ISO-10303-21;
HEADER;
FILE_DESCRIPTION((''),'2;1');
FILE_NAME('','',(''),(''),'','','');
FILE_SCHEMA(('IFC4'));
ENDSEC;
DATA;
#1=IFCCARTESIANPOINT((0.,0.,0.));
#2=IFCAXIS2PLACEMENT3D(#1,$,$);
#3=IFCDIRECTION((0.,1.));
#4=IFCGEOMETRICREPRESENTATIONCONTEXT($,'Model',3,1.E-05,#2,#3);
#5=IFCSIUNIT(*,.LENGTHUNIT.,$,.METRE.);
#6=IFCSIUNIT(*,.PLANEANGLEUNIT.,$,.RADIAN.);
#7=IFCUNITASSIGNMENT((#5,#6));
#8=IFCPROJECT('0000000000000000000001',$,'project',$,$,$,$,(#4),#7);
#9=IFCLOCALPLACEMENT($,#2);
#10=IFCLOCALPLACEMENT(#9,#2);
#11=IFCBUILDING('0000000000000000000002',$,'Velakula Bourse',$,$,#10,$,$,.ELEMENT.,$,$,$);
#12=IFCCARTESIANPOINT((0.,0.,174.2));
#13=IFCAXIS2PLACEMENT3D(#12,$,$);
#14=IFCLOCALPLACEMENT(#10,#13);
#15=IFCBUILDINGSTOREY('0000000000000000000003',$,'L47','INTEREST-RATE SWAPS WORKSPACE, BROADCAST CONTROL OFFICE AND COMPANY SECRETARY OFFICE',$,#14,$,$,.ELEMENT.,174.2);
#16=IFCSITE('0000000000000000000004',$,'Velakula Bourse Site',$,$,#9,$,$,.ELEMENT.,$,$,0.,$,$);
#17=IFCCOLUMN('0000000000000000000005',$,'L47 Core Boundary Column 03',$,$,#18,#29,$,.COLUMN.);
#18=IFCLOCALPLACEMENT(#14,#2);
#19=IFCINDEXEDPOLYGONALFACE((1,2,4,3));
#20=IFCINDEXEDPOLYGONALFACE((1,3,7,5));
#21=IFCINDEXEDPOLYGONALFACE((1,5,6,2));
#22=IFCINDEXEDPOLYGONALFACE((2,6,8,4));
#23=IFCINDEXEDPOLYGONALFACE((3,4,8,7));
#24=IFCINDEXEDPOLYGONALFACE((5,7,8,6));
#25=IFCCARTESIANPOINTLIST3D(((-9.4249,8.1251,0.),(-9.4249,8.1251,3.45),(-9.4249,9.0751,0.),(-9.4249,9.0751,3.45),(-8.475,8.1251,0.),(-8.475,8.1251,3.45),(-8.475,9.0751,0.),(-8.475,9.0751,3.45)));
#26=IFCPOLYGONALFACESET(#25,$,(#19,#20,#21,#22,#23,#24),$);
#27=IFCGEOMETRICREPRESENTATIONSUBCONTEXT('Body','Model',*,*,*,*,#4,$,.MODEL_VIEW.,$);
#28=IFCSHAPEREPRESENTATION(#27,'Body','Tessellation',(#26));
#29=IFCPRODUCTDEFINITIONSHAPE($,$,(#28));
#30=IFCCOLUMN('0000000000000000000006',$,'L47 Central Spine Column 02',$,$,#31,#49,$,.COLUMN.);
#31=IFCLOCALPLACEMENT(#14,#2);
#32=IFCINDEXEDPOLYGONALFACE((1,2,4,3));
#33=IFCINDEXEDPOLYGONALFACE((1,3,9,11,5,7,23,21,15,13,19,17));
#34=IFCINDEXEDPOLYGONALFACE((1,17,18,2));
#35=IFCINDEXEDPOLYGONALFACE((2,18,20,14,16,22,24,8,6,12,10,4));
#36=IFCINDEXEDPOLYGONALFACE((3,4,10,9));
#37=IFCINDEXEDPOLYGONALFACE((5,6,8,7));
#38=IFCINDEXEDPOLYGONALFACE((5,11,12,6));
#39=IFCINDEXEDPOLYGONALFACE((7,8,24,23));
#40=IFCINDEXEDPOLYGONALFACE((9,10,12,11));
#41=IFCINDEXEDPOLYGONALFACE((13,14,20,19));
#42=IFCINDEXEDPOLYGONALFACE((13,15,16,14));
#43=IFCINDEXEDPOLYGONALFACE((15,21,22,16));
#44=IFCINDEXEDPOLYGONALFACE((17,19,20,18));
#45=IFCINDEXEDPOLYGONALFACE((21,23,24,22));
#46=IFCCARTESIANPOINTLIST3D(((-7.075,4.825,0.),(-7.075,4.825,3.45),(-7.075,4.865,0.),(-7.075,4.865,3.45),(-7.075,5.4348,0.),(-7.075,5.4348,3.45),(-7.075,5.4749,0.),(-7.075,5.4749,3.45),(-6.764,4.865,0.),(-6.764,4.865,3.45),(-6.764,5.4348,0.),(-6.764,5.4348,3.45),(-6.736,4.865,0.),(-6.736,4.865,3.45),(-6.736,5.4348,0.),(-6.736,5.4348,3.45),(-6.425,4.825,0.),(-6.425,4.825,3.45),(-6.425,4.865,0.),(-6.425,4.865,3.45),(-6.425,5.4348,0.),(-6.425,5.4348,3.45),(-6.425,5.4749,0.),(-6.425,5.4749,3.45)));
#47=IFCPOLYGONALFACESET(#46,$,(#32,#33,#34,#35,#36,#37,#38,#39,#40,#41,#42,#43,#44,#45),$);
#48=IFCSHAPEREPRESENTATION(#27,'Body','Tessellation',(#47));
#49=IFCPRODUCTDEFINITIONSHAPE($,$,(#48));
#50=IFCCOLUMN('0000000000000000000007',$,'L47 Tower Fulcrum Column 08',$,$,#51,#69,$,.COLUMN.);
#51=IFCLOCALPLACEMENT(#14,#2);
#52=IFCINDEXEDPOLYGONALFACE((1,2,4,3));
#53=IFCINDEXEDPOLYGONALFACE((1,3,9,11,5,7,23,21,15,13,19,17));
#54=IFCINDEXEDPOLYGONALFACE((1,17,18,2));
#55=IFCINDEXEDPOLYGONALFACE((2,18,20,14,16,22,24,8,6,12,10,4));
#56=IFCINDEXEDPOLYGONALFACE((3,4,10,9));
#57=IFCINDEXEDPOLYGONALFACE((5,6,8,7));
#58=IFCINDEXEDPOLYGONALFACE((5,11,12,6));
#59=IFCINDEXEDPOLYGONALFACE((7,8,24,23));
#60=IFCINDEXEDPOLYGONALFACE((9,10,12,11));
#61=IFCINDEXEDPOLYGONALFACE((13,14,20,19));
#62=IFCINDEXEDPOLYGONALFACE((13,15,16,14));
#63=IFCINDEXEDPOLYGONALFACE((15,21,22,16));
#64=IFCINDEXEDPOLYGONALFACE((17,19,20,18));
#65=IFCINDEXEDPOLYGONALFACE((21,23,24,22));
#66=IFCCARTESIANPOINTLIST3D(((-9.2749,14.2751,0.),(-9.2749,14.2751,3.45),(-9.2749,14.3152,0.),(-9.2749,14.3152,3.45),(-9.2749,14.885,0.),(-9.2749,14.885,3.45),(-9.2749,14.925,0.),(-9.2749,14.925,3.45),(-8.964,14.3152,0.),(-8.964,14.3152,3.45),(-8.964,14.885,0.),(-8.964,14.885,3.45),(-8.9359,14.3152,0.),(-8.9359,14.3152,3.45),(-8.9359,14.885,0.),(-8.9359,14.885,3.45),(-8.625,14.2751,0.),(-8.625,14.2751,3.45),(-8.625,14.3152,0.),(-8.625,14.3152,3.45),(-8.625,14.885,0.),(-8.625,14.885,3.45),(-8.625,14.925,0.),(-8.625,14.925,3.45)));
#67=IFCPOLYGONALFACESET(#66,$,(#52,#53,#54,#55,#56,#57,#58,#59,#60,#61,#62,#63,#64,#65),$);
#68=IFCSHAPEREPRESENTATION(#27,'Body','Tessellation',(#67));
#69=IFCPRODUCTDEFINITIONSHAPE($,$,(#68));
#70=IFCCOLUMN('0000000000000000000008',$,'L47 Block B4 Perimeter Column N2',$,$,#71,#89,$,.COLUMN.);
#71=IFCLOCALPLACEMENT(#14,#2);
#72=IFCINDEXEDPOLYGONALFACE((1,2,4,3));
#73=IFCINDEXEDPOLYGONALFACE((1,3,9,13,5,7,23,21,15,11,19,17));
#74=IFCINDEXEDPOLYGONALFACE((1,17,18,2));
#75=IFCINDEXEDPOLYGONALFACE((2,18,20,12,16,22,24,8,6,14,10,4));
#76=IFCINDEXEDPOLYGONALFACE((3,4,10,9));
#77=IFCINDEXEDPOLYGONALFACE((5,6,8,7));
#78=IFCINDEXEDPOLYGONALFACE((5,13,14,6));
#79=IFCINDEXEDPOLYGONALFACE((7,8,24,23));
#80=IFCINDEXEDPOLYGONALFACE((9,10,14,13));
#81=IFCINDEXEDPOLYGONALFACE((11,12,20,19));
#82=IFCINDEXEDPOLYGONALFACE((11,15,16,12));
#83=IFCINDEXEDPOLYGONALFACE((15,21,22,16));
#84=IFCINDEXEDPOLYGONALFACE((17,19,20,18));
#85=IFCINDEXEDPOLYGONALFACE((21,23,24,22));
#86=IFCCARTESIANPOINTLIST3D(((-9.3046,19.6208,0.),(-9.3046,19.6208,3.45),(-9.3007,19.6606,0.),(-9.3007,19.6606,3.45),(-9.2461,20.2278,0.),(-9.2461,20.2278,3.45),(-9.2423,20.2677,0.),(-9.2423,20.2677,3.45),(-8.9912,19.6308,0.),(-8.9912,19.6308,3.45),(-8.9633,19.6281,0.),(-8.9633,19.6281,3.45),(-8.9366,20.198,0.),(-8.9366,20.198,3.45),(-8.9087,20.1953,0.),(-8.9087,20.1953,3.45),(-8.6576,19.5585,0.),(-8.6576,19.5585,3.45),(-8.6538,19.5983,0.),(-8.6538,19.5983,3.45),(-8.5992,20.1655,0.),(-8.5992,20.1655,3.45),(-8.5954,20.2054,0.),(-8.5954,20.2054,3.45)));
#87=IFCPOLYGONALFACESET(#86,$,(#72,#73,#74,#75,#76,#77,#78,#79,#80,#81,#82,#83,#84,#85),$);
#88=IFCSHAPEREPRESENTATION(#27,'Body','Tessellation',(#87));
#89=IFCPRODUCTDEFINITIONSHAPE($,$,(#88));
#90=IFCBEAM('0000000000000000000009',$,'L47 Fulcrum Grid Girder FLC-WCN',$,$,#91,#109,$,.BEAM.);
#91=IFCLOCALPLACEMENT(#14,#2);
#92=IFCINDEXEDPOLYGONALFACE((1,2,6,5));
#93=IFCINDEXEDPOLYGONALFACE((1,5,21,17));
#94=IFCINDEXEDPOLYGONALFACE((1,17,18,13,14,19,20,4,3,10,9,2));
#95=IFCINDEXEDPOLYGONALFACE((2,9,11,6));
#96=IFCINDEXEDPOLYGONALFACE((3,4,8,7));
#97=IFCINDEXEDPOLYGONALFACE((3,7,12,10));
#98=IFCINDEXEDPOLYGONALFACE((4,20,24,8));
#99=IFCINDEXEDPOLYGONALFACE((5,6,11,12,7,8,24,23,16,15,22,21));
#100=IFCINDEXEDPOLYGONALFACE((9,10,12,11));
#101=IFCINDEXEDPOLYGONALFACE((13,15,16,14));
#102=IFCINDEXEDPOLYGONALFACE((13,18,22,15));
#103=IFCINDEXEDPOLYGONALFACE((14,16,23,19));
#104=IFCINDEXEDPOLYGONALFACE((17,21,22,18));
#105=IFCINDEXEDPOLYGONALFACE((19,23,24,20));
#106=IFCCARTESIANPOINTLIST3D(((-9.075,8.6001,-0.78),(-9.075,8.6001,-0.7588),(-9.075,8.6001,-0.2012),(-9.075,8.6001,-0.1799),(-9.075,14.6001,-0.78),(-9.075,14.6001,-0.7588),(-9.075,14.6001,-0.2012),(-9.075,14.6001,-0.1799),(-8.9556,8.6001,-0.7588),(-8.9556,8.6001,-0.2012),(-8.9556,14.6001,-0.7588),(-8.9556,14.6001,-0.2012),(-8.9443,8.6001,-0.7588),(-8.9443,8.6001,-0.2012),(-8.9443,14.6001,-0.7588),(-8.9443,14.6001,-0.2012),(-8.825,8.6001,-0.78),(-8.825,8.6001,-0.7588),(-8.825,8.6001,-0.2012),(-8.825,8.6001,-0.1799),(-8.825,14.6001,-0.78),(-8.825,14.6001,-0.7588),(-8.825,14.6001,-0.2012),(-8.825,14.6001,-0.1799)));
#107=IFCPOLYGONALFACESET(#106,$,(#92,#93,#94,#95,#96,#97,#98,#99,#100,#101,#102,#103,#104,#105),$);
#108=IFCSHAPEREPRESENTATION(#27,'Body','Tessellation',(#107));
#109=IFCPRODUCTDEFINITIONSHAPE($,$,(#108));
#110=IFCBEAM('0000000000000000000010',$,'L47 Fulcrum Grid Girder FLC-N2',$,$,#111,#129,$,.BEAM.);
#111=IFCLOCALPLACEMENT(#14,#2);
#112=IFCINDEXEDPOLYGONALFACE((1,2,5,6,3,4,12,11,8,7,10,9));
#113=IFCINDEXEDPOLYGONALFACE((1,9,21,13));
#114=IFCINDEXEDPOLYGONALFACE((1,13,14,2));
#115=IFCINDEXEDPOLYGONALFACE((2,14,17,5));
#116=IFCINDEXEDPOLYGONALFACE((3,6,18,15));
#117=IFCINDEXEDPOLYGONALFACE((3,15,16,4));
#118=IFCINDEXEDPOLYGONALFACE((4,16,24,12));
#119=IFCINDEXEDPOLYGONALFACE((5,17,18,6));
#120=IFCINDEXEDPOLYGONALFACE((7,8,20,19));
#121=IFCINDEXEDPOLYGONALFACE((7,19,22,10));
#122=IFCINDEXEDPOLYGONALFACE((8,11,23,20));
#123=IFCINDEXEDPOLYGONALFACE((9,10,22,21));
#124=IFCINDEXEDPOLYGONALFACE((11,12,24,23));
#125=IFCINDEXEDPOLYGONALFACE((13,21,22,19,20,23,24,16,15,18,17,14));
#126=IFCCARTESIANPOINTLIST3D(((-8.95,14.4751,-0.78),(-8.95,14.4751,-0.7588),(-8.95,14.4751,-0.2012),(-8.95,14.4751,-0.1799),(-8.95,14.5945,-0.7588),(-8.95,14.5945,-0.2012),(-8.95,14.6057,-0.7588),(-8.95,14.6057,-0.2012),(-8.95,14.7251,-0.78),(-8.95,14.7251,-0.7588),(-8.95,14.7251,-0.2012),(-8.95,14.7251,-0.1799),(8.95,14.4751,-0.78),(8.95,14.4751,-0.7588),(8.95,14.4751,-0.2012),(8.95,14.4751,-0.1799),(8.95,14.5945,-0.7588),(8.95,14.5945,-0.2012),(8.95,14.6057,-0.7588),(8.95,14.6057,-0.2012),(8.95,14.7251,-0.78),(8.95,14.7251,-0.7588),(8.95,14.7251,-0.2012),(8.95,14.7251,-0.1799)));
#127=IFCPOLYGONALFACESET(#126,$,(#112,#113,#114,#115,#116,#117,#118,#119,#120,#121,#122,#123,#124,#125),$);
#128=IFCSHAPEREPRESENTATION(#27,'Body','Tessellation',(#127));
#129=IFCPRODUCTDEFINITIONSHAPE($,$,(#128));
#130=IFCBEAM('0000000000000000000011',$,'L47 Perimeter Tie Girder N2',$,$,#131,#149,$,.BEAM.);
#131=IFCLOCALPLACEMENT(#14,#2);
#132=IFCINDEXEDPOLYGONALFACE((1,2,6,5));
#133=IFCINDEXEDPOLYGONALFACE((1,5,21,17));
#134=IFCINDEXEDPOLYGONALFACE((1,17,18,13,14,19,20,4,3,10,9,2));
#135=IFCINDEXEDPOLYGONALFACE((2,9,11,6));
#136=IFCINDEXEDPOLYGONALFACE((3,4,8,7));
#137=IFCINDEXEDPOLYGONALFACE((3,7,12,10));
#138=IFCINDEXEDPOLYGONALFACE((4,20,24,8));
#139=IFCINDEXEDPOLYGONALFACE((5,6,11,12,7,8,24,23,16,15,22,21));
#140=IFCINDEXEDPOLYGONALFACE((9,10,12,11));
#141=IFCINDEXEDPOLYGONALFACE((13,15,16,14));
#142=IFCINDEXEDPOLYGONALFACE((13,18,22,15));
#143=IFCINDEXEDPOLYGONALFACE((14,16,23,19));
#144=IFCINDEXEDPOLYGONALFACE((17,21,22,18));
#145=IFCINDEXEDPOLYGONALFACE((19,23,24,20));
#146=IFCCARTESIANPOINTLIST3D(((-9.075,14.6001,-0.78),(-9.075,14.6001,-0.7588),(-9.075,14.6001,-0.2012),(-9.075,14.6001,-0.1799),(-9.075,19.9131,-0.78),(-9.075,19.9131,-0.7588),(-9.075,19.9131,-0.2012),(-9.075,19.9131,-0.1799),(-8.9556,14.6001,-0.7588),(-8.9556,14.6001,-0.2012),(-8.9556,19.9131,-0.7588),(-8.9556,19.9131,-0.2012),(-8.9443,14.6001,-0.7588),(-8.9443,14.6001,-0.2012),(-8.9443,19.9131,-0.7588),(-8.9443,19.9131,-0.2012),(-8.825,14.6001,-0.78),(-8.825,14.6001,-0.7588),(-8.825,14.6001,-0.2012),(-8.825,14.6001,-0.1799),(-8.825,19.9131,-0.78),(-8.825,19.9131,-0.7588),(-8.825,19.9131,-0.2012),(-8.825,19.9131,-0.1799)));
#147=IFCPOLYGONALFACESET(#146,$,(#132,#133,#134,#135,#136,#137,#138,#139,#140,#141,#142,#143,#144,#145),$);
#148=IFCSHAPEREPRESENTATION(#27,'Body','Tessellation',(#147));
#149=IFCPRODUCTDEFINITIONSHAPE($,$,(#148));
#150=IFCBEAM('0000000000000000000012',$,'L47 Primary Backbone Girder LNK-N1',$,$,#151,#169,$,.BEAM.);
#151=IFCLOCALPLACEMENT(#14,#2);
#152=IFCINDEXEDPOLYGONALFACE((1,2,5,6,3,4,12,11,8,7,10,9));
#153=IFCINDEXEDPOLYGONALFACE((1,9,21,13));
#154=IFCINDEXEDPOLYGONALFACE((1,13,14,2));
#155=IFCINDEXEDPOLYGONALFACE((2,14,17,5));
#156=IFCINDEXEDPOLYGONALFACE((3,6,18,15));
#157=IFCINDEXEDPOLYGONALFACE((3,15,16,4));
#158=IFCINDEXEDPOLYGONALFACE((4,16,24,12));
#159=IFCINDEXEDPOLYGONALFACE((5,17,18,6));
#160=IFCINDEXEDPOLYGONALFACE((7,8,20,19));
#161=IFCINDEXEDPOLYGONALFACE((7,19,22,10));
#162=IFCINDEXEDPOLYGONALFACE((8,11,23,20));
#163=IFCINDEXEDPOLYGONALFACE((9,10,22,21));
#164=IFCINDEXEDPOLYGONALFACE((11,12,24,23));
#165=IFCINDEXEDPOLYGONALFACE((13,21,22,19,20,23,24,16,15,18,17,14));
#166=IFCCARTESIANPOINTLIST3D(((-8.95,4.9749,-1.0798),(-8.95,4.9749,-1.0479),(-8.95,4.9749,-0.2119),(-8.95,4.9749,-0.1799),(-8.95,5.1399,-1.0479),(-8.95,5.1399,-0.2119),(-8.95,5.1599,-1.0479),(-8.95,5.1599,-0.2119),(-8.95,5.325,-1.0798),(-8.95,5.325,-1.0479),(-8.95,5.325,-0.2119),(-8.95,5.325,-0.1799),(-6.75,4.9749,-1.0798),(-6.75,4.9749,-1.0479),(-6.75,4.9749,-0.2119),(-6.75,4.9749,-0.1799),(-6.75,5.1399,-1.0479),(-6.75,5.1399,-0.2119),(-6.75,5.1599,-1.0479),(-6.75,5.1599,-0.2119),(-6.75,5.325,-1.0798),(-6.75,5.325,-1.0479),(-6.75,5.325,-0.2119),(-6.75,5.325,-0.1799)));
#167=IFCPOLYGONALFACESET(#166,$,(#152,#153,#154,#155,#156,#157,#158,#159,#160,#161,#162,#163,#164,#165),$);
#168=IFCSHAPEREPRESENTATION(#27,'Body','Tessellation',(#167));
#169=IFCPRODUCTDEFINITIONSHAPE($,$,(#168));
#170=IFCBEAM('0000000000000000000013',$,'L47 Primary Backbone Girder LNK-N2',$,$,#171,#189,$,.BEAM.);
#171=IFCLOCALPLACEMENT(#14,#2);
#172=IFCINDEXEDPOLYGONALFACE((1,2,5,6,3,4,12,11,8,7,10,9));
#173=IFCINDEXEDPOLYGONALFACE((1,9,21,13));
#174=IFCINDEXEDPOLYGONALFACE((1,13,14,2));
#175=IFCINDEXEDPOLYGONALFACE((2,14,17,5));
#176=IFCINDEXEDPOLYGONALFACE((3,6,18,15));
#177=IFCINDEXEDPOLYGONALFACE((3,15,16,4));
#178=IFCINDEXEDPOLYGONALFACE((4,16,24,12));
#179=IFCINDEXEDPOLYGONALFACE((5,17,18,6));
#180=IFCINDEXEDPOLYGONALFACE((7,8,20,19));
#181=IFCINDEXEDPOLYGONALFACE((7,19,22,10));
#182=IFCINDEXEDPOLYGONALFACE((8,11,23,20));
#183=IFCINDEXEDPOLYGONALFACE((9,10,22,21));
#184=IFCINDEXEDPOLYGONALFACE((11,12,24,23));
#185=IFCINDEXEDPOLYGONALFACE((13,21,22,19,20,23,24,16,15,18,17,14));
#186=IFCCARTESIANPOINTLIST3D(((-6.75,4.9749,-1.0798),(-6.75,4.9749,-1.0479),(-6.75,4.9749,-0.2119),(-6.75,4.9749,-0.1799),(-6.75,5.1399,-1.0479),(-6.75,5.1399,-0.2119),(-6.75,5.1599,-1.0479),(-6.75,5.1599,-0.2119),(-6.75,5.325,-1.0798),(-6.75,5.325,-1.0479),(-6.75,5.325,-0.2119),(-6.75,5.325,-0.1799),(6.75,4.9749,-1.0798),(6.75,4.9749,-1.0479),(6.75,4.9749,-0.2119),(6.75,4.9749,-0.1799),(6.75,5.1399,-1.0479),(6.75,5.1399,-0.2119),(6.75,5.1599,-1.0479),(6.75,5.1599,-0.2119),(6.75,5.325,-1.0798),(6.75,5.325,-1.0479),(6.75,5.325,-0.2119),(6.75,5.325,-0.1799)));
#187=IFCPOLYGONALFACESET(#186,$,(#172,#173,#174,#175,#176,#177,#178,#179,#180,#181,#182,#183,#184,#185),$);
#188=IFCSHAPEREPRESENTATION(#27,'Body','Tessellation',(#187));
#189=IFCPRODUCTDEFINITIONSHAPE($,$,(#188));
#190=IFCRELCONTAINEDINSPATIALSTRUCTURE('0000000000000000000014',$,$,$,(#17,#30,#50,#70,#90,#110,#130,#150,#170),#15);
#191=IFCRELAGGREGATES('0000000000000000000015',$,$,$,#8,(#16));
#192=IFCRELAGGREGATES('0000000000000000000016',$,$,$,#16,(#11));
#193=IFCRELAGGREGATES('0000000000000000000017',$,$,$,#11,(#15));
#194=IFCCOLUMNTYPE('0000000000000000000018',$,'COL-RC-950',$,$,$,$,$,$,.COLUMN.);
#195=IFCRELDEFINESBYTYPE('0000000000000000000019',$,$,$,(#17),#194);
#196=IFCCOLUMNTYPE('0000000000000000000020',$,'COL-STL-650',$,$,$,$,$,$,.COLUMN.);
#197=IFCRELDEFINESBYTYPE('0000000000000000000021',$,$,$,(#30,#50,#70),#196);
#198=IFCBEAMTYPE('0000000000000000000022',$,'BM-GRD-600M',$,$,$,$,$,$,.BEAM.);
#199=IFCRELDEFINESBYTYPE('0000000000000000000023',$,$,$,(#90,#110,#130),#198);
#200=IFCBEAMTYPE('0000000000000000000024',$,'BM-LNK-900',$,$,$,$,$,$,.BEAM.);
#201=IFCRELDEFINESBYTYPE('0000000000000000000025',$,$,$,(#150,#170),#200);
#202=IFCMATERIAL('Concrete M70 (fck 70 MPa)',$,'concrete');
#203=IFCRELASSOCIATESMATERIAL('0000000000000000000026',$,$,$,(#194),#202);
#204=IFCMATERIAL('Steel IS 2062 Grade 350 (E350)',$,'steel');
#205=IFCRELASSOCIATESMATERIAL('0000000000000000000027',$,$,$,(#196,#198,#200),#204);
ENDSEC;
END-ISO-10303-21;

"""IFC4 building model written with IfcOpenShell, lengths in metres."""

from ifc_helpers import new_model, si_unit, direction, frame, origin, origin_2d, place, context, subcontext, project, spatial, rectangle, i_section, extrude, material, material_profile, profile_set, type_object, element, save


model = new_model("IFC4")

# Units and contexts
model_context = context("Model", 3, precision=1e-05, world=origin(), true_north=direction((0.0, 1.0)))
body_context = subcontext(model_context, "Body", "Model", "MODEL_VIEW")
ifc_project = project(units=[si_unit("LENGTHUNIT", "METRE"), si_unit("PLANEANGLEUNIT", "RADIAN")], contexts=[model_context])

# Site, building, storey
site_placement = place(None, origin())
site = spatial("IfcSite", under=ifc_project, at=site_placement, Name="Velakula Bourse Site", CompositionType="ELEMENT", RefElevation=0.0)
building_placement = place(site_placement, origin())
building = spatial("IfcBuilding", under=site, at=building_placement, Name="Velakula Bourse", CompositionType="ELEMENT")
storey_placement = place(building_placement, frame((0.0, 0.0, 174.2)))
storey = spatial("IfcBuildingStorey", under=building, at=storey_placement, Name="L47", Description="INTEREST-RATE SWAPS WORKSPACE, BROADCAST CONTROL OFFICE AND COMPANY SECRETARY OFFICE", CompositionType="ELEMENT", Elevation=174.2)

# Columns
ifc_material_1 = material(Name="Concrete M70 (fck 70 MPa)", Category="concrete")
ifc_material_profile_1 = material_profile(ifc_material_1, rectangle(XDim=0.95, YDim=0.95, at=origin_2d()), Name="Concrete M70 (fck 70 MPa)")
ifc_profile_set_1 = profile_set([ifc_material_profile_1], Name="Concrete M70 (fck 70 MPa)")
column_type_1 = type_object("IfcColumnType", Name="COL-RC-950", PredefinedType="COLUMN", material=ifc_profile_set_1)
column_placement = place(storey_placement, frame((-8.95, 8.6001, 0.0), z_axis=(0.0, 0.0, 1.0), x_axis=(1.0, 0.0, 0.0)))
element("IfcColumn", 1, at=column_placement, inside=storey, type_object=column_type_1, Name="L47 Core Boundary Column 03", PredefinedType="COLUMN", context=body_context, shape_type="SweptSolid", body=[
    extrude(rectangle(XDim=0.95, YDim=0.95, at=origin_2d()), origin(), (0.0, 0.0, 1.0), 3.45),
])
ifc_material_2 = material(Name="Steel IS 2062 Grade 350 (E350)", Category="steel")
ifc_material_profile_2 = material_profile(ifc_material_2, i_section(OverallWidth=0.6499, OverallDepth=0.6499, WebThickness=0.0281, FlangeThickness=0.04, at=origin_2d()), Name="Steel IS 2062 Grade 350 (E350)")
ifc_profile_set_2 = profile_set([ifc_material_profile_2], Name="Steel IS 2062 Grade 350 (E350)")
column_type_2 = type_object("IfcColumnType", Name="COL-STL-650", PredefinedType="COLUMN", material=ifc_profile_set_2)
for number, where, z_axis, x_axis, name in (
    (2, (-6.75, 5.1499, 0.0), (0.0, 0.0, 1.0), (1.0, 0.0, 0.0), "L47 Central Spine Column 02"),
    (3, (-8.95, 14.6001, 0.0), (0.0, 0.0, 1.0), (1.0, 0.0, 0.0), "L47 Tower Fulcrum Column 08"),
    (4, (-8.95, 19.9131, 0.0), (0.0, 0.0, 1.0), (0.995396, -0.095846, 0.0), "L47 Block B4 Perimeter Column N2"),
):
    element("IfcColumn", number, at=place(storey_placement, frame(where, z_axis=z_axis, x_axis=x_axis)), inside=storey, type_object=column_type_2, Name=name, PredefinedType="COLUMN", context=body_context, shape_type="SweptSolid", body=[
        extrude(i_section(OverallWidth=0.6499, OverallDepth=0.6499, WebThickness=0.0281, FlangeThickness=0.04, at=origin_2d()), origin(), (0.0, 0.0, 1.0), 3.45),
    ])

# Beams
ifc_material_profile_3 = material_profile(ifc_material_2, i_section(OverallWidth=0.25, OverallDepth=0.6001, WebThickness=0.0112, FlangeThickness=0.0212, at=origin_2d()), Name="Steel IS 2062 Grade 350 (E350)")
ifc_profile_set_3 = profile_set([ifc_material_profile_3], Name="Steel IS 2062 Grade 350 (E350)")
beam_type_1 = type_object("IfcBeamType", Name="BM-GRD-600M", PredefinedType="BEAM", material=ifc_profile_set_3)
beam_1_placement = place(storey_placement, frame((-8.95, 8.6001, -0.48), z_axis=(0.0, 1.0, 0.0), x_axis=(-1.0, 0.0, 0.0)))
element("IfcBeam", 5, at=beam_1_placement, inside=storey, type_object=beam_type_1, Name="L47 Fulcrum Grid Girder FLC-WCN", PredefinedType="BEAM", context=body_context, shape_type="SweptSolid", body=[
    extrude(i_section(OverallWidth=0.25, OverallDepth=0.6001, WebThickness=0.0112, FlangeThickness=0.0212, at=origin_2d()), origin(), (0.0, 0.0, 1.0), 6.0),
])
beam_2_placement = place(storey_placement, frame((-8.95, 14.6001, -0.48), z_axis=(1.0, 0.0, 0.0), x_axis=(0.0, 1.0, 0.0)))
element("IfcBeam", 6, at=beam_2_placement, inside=storey, type_object=beam_type_1, Name="L47 Fulcrum Grid Girder FLC-N2", PredefinedType="BEAM", context=body_context, shape_type="SweptSolid", body=[
    extrude(i_section(OverallWidth=0.25, OverallDepth=0.6001, WebThickness=0.0112, FlangeThickness=0.0212, at=origin_2d()), origin(), (0.0, 0.0, 1.0), 17.8999),
])
beam_3_placement = place(storey_placement, frame((-8.95, 14.6001, -0.48), z_axis=(0.0, 1.0, 0.0), x_axis=(-1.0, 0.0, 0.0)))
element("IfcBeam", 7, at=beam_3_placement, inside=storey, type_object=beam_type_1, Name="L47 Perimeter Tie Girder N2", PredefinedType="BEAM", context=body_context, shape_type="SweptSolid", body=[
    extrude(i_section(OverallWidth=0.25, OverallDepth=0.6001, WebThickness=0.0112, FlangeThickness=0.0212, at=origin_2d()), origin(), (0.0, 0.0, 1.0), 5.313),
])
ifc_material_profile_4 = material_profile(ifc_material_2, i_section(OverallWidth=0.3501, OverallDepth=0.8999, WebThickness=0.02, FlangeThickness=0.032, at=origin_2d()), Name="Steel IS 2062 Grade 350 (E350)")
ifc_profile_set_4 = profile_set([ifc_material_profile_4], Name="Steel IS 2062 Grade 350 (E350)")
beam_type_2 = type_object("IfcBeamType", Name="BM-LNK-900", PredefinedType="BEAM", material=ifc_profile_set_4)
beam_4_placement = place(storey_placement, frame((-8.95, 5.1499, -0.6299), z_axis=(1.0, 0.0, 0.0), x_axis=(0.0, 1.0, 0.0)))
element("IfcBeam", 8, at=beam_4_placement, inside=storey, type_object=beam_type_2, Name="L47 Primary Backbone Girder LNK-N1", PredefinedType="BEAM", context=body_context, shape_type="SweptSolid", body=[
    extrude(i_section(OverallWidth=0.3501, OverallDepth=0.8999, WebThickness=0.02, FlangeThickness=0.032, at=origin_2d()), origin(), (0.0, 0.0, 1.0), 2.2),
])
beam_5_placement = place(storey_placement, frame((-6.75, 5.1499, -0.6299), z_axis=(1.0, 0.0, 0.0), x_axis=(0.0, 1.0, 0.0)))
element("IfcBeam", 9, at=beam_5_placement, inside=storey, type_object=beam_type_2, Name="L47 Primary Backbone Girder LNK-N2", PredefinedType="BEAM", context=body_context, shape_type="SweptSolid", body=[
    extrude(i_section(OverallWidth=0.3501, OverallDepth=0.8999, WebThickness=0.02, FlangeThickness=0.032, at=origin_2d()), origin(), (0.0, 0.0, 1.0), 13.5),
])

save(model, "model.ifc")
